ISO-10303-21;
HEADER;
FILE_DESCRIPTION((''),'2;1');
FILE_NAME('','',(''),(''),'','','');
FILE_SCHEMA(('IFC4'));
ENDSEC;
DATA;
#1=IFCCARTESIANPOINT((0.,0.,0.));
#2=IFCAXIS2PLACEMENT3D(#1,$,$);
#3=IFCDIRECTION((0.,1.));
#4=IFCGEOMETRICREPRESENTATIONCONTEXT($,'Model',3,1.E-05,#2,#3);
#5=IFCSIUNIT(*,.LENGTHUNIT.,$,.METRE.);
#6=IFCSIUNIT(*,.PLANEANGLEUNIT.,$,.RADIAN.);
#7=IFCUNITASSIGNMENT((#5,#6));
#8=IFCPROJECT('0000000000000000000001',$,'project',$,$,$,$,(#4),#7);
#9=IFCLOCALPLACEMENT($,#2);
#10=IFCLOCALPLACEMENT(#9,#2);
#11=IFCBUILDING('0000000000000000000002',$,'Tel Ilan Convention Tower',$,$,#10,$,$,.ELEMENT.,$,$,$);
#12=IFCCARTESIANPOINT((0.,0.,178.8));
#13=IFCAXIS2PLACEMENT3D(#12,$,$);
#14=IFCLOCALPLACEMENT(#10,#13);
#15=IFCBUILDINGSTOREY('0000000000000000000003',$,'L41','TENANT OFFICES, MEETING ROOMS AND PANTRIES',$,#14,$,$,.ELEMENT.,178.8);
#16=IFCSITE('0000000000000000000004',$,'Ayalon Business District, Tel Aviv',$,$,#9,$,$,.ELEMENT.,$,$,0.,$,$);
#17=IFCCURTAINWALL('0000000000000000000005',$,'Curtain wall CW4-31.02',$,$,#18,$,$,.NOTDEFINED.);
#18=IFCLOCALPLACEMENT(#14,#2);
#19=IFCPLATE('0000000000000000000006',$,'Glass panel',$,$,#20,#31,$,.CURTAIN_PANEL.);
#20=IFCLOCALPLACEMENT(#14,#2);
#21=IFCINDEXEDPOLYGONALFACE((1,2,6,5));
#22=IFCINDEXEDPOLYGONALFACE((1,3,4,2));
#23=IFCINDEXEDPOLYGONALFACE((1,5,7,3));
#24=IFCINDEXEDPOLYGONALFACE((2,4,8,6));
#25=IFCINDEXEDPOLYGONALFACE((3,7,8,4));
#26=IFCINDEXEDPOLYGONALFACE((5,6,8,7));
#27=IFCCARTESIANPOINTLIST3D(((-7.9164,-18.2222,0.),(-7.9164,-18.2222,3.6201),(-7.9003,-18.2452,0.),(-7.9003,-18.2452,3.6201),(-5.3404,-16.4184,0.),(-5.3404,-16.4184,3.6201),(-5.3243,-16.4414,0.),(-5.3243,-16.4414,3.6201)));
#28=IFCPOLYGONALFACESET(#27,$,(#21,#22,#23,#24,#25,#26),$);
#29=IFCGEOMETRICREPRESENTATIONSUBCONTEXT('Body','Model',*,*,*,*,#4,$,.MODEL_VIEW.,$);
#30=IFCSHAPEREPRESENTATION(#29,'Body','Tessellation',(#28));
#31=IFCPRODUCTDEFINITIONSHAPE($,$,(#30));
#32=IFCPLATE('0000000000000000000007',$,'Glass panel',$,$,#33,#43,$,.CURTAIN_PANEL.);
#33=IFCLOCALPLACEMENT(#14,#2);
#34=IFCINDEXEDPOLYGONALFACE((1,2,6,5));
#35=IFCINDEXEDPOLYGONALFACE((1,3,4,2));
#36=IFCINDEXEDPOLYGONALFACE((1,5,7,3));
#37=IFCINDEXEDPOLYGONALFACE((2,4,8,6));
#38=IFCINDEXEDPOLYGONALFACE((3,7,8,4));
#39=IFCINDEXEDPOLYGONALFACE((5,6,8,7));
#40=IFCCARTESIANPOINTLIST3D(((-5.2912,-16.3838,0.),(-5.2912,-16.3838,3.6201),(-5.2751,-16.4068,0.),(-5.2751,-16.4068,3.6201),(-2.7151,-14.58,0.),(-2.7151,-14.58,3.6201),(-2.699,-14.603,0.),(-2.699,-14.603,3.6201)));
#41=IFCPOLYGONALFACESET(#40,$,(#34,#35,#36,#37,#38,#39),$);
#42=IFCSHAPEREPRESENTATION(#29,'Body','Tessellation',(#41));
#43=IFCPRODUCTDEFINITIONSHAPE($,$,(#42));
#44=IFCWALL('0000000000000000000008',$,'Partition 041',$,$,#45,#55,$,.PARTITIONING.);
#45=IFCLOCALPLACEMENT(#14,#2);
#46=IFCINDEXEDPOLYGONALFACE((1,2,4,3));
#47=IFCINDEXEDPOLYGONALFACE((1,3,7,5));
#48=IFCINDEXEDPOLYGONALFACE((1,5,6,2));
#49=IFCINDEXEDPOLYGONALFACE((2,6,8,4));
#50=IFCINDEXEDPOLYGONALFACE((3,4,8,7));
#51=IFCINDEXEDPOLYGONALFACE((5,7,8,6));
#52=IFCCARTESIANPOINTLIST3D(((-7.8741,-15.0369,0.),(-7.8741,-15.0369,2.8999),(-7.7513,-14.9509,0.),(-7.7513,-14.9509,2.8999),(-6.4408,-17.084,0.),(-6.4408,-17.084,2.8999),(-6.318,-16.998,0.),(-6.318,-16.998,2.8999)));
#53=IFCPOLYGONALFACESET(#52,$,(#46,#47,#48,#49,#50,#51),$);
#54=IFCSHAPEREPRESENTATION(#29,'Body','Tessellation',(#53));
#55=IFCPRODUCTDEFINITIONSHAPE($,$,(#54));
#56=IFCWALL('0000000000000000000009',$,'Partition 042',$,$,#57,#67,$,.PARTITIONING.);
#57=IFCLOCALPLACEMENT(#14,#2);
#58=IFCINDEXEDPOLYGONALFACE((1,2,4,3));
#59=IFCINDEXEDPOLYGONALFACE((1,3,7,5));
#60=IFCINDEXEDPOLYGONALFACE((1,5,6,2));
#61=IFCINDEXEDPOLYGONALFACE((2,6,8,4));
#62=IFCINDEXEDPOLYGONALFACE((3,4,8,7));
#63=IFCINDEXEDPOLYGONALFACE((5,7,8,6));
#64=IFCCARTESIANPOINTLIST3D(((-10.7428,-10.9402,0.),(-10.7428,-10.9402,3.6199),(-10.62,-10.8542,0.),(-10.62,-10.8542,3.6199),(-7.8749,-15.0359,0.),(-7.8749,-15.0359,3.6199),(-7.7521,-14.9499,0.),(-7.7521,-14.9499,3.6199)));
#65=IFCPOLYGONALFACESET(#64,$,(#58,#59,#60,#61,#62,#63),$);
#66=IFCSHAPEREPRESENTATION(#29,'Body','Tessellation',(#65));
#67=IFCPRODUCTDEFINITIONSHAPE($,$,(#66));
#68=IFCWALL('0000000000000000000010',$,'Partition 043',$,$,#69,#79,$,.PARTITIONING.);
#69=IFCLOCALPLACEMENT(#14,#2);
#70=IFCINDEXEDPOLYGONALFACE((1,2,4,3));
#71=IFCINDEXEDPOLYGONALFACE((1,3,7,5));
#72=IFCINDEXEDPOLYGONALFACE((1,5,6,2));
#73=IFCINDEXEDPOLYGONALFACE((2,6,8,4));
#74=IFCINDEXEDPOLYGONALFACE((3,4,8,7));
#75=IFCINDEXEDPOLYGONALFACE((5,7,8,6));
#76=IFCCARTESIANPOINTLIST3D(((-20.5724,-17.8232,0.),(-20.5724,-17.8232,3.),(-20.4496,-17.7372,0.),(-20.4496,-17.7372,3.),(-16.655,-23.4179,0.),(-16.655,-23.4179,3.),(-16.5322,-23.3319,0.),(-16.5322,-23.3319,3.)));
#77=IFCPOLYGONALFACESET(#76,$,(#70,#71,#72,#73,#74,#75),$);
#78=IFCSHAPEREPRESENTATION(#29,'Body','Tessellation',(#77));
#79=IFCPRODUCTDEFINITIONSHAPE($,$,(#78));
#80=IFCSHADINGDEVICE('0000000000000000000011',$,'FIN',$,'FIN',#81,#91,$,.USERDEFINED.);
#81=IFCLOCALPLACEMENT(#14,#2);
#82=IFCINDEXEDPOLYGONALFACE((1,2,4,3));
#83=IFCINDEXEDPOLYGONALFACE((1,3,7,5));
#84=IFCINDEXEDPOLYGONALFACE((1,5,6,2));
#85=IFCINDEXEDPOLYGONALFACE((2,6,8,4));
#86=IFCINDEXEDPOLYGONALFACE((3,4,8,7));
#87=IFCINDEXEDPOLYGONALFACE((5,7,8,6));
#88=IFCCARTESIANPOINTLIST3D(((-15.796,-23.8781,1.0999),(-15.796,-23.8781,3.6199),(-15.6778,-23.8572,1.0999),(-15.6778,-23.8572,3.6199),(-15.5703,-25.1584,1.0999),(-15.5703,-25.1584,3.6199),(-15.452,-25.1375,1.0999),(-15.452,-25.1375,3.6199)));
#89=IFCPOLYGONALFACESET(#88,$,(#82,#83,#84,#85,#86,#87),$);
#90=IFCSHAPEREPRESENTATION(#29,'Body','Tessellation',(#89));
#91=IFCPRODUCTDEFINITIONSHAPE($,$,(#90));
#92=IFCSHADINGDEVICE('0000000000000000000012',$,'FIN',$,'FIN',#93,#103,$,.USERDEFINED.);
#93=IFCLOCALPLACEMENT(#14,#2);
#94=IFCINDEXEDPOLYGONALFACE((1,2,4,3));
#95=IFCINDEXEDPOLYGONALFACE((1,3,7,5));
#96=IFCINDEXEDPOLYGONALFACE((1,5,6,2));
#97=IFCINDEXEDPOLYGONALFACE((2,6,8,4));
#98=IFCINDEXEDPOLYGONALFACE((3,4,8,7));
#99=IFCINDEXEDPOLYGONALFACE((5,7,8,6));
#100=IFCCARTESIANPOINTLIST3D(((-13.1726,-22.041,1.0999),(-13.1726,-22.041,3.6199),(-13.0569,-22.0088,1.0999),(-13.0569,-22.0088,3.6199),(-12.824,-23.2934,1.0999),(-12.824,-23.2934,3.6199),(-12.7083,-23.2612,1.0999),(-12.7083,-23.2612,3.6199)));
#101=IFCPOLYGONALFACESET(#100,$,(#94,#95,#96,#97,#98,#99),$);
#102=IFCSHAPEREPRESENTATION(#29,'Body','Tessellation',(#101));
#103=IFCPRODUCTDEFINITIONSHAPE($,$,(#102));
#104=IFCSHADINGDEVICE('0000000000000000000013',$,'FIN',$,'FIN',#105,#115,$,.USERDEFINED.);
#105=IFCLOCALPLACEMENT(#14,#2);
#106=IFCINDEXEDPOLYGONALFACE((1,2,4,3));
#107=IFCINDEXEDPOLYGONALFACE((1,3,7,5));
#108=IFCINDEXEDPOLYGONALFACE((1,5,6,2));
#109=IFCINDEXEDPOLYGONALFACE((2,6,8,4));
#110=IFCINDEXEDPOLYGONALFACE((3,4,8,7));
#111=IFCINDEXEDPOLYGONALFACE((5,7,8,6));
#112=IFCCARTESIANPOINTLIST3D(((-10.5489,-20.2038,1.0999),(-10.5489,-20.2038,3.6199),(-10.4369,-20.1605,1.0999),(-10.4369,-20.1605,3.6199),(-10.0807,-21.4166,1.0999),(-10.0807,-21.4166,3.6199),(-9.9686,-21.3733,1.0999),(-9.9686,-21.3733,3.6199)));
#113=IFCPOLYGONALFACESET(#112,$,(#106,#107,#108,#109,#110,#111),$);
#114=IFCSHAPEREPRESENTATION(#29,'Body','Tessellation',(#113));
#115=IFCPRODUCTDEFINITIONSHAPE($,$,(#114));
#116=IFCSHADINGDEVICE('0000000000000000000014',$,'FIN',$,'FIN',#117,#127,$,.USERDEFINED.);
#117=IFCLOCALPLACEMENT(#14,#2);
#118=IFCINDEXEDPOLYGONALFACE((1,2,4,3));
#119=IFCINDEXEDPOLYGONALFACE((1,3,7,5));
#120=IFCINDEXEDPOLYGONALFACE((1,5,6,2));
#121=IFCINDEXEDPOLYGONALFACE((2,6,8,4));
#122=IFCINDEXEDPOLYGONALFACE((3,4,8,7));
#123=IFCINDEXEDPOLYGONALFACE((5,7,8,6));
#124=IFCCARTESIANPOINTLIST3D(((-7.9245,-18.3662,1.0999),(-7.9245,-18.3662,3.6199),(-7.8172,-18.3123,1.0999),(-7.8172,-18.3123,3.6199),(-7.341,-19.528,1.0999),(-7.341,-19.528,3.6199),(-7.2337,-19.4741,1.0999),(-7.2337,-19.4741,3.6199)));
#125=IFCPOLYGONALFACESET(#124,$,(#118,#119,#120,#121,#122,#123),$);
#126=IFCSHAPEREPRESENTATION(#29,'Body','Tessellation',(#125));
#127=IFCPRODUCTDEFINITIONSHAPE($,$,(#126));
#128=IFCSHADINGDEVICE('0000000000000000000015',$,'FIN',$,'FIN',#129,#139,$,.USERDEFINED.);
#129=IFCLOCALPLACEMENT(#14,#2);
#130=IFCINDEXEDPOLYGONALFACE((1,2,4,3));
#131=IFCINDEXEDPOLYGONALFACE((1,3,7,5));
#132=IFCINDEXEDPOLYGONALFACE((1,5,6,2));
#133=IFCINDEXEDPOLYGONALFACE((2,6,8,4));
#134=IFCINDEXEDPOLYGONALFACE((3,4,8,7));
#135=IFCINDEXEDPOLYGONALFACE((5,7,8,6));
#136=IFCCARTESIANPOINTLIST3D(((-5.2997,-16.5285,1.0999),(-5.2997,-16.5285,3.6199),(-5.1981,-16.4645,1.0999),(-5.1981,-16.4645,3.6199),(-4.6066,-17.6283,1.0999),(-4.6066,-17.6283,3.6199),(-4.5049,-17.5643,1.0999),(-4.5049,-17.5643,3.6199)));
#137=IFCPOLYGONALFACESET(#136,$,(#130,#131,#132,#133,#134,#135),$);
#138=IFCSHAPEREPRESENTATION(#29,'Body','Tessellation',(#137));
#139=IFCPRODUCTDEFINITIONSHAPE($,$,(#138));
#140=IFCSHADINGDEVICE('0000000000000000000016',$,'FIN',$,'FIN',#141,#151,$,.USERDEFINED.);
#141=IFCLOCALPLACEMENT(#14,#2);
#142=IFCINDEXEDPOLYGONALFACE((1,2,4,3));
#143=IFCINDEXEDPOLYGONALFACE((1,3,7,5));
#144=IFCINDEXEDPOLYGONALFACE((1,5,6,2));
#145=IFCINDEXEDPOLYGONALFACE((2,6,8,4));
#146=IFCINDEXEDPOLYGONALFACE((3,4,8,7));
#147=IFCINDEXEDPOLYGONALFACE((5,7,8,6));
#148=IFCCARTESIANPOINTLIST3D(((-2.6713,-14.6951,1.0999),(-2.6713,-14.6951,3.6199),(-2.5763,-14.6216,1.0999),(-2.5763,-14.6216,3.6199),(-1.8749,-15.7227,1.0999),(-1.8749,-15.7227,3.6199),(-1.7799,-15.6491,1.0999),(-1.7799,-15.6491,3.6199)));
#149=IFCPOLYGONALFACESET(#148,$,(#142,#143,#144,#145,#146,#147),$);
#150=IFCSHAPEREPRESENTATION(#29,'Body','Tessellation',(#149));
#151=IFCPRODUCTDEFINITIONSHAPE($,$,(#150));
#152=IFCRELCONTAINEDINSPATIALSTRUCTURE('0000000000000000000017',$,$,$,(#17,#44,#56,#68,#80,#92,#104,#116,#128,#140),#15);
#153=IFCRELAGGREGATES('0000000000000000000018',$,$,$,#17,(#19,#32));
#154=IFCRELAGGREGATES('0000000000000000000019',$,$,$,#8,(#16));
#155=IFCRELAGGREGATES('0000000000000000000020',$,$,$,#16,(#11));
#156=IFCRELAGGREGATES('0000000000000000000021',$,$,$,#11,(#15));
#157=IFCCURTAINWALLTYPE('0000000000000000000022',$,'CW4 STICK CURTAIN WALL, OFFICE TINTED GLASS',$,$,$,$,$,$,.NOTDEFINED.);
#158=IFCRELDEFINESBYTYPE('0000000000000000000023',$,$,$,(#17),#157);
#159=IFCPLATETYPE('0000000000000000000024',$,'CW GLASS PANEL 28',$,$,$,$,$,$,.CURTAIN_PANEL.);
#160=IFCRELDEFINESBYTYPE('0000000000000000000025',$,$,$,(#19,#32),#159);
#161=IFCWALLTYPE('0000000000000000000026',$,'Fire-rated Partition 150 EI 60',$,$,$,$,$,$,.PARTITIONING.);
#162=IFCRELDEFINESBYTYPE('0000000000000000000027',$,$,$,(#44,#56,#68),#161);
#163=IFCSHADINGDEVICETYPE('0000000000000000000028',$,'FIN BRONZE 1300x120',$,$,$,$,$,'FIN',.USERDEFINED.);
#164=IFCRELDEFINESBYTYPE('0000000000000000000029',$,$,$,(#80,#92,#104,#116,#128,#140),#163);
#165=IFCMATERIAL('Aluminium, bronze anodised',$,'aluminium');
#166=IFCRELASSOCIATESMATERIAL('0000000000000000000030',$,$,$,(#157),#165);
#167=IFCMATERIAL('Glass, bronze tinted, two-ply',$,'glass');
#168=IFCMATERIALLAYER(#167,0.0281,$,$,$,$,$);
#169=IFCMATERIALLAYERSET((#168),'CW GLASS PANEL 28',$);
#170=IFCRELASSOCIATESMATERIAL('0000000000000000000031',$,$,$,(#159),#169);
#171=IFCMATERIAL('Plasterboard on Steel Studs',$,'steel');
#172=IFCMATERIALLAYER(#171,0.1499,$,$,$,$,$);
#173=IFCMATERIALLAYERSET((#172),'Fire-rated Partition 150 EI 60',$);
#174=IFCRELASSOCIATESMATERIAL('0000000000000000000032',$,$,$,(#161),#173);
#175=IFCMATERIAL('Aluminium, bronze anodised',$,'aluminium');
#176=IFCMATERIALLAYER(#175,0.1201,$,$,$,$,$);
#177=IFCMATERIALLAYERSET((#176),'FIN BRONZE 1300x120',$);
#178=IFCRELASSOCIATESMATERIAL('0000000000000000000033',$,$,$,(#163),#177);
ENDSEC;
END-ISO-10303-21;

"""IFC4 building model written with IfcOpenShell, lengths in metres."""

from ifc_helpers import new_model, si_unit, direction, frame, frame_2d, origin, origin_2d, place, context, subcontext, project, spatial, rectangle, extrude, material, layer, layer_set, type_object, element, aggregate, save


model = new_model("IFC4")

# Units and contexts
model_context = context("Model", 3, precision=1e-05, world=origin(), true_north=direction((0.0, 1.0)))
body_context = subcontext(model_context, "Body", "Model", "MODEL_VIEW")
ifc_project = project(units=[si_unit("LENGTHUNIT", "METRE"), si_unit("PLANEANGLEUNIT", "RADIAN")], contexts=[model_context])

# Site, building, storey
site_placement = place(None, origin())
site = spatial("IfcSite", under=ifc_project, at=site_placement, Name="Ayalon Business District, Tel Aviv", CompositionType="ELEMENT", RefElevation=0.0)
building_placement = place(site_placement, origin())
building = spatial("IfcBuilding", under=site, at=building_placement, Name="Tel Ilan Convention Tower", CompositionType="ELEMENT")
storey_placement = place(building_placement, frame((0.0, 0.0, 178.8)))
storey = spatial("IfcBuildingStorey", under=building, at=storey_placement, Name="L41", Description="TENANT OFFICES, MEETING ROOMS AND PANTRIES", CompositionType="ELEMENT", Elevation=178.8)

# Curtain wall, plates
ifc_material_1 = material(Name="Aluminium, bronze anodised", Category="aluminium")
curtain_wall_type = type_object("IfcCurtainWallType", Name="CW4 STICK CURTAIN WALL, OFFICE TINTED GLASS", PredefinedType="NOTDEFINED", material=ifc_material_1)
curtain_wall_placement = place(storey_placement, origin())
curtain_wall = element("IfcCurtainWall", 1, at=curtain_wall_placement, inside=storey, type_object=curtain_wall_type, Name="Curtain wall CW4-31.02", PredefinedType="NOTDEFINED")
ifc_material_2 = material(Name="Glass, bronze tinted, two-ply", Category="glass")
ifc_layer_1 = layer(ifc_material_2, 0.0281)
ifc_layer_set_1 = layer_set([ifc_layer_1], Name="CW GLASS PANEL 28")
plate_type = type_object("IfcPlateType", Name="CW GLASS PANEL 28", PredefinedType="CURTAIN_PANEL", material=ifc_layer_set_1)
plate_1_placement = place(storey_placement, frame((-6.6204, -17.3318, 0.0), z_axis=(0.0, 0.0, 1.0), x_axis=(0.819152, 0.573576, 0.0)))
plate_1 = element("IfcPlate", 2, at=plate_1_placement, type_object=plate_type, Name="Glass panel", PredefinedType="CURTAIN_PANEL", context=body_context, shape_type="SweptSolid", body=[
    extrude(rectangle(XDim=3.1448, YDim=0.0281, at=origin_2d()), origin(), (0.0, 0.0, 1.0), 3.6201),
])
plate_2_placement = place(storey_placement, frame((-3.9951, -15.4934, 0.0), z_axis=(0.0, 0.0, 1.0), x_axis=(0.819152, 0.573576, 0.0)))
plate_2 = element("IfcPlate", 3, at=plate_2_placement, type_object=plate_type, Name="Glass panel", PredefinedType="CURTAIN_PANEL", context=body_context, shape_type="SweptSolid", body=[
    extrude(rectangle(XDim=3.1448, YDim=0.0281, at=origin_2d()), origin(), (0.0, 0.0, 1.0), 3.6201),
])
aggregate(curtain_wall, [plate_1, plate_2])

# Walls
ifc_material_3 = material(Name="Plasterboard on Steel Studs", Category="steel")
ifc_layer_2 = layer(ifc_material_3, 0.1499)
ifc_layer_set_2 = layer_set([ifc_layer_2], Name="Fire-rated Partition 150 EI 60")
wall_type = type_object("IfcWallType", Name="Fire-rated Partition 150 EI 60", PredefinedType="PARTITIONING", material=ifc_layer_set_2)
wall_1_placement = place(storey_placement, frame((-6.3794, -17.041, 0.0), z_axis=(0.0, 0.0, 1.0), x_axis=(-0.573561, 0.819163, 0.0)))
element("IfcWall", 4, at=wall_1_placement, inside=storey, type_object=wall_type, Name="Partition 041", PredefinedType="PARTITIONING", context=body_context, shape_type="SweptSolid", body=[
    extrude(rectangle(XDim=2.499, YDim=0.1499, at=frame_2d((1.2495, 0.0))), origin(), (0.0, 0.0, 1.0), 2.8999),
])
wall_2_placement = place(storey_placement, frame((-7.8135, -14.9929, 0.0), z_axis=(0.0, 0.0, 1.0), x_axis=(-0.573587, 0.819145, 0.0)))
element("IfcWall", 5, at=wall_2_placement, inside=storey, type_object=wall_type, Name="Partition 042", PredefinedType="PARTITIONING", context=body_context, shape_type="SweptSolid", body=[
    extrude(rectangle(XDim=5.0, YDim=0.1499, at=frame_2d((2.5, 0.0))), origin(), (0.0, 0.0, 1.0), 3.6199),
])
wall_3_placement = place(storey_placement, frame((-16.5935, -23.375, 0.0), z_axis=(0.0, 0.0, 1.0), x_axis=(-0.573577, 0.819151, 0.0)))
element("IfcWall", 6, at=wall_3_placement, inside=storey, type_object=wall_type, Name="Partition 043", PredefinedType="PARTITIONING", context=body_context, shape_type="SweptSolid", body=[
    extrude(rectangle(XDim=6.8298, YDim=0.1499, at=frame_2d((3.415, 0.0))), origin(), (0.0, 0.0, 1.0), 3.0),
])

# Shading devices
ifc_material_4 = material(Name="Aluminium, bronze anodised", Category="aluminium")
ifc_layer_3 = layer(ifc_material_4, 0.1201)
ifc_layer_set_3 = layer_set([ifc_layer_3], Name="FIN BRONZE 1300x120")
shading_device_type = type_object("IfcShadingDeviceType", Name="FIN BRONZE 1300x120", ElementType="FIN", PredefinedType="USERDEFINED", material=ifc_layer_set_3)
for number, where, z_axis, x_axis, name in (
    (7, (-15.624, -24.5078, 1.0999), (0.0, 0.0, 1.0), (0.173648, -0.984808, 0.0), "FIN"),
    (8, (-12.9404, -22.6511, 1.0999), (0.0, 0.0, 1.0), (0.268173, -0.963371, 0.0), "FIN"),
    (9, (-10.2588, -20.7886, 1.0999), (0.0, 0.0, 1.0), (0.360178, -0.932884, 0.0), "FIN"),
    (10, (-7.5791, -18.9202, 1.0999), (0.0, 0.0, 1.0), (0.448799, -0.893633, 0.0), "FIN"),
    (11, (-4.9023, -17.0464, 1.0999), (0.0, 0.0, 1.0), (0.533204, -0.845986, 0.0), "FIN"),
    (12, (-2.2256, -15.1721, 1.0999), (0.0, 0.0, 1.0), (0.612601, -0.790393, 0.0), "FIN"),
):
    element("IfcShadingDevice", number, at=place(storey_placement, frame(where, z_axis=z_axis, x_axis=x_axis)), inside=storey, type_object=shading_device_type, Name=name, ObjectType="FIN", PredefinedType="USERDEFINED", context=body_context, shape_type="SweptSolid", body=[
        extrude(rectangle(XDim=1.3, YDim=0.1201, at=origin_2d()), origin(), (0.0, 0.0, 1.0), 2.52),
    ])

save(model, "model.ifc")
